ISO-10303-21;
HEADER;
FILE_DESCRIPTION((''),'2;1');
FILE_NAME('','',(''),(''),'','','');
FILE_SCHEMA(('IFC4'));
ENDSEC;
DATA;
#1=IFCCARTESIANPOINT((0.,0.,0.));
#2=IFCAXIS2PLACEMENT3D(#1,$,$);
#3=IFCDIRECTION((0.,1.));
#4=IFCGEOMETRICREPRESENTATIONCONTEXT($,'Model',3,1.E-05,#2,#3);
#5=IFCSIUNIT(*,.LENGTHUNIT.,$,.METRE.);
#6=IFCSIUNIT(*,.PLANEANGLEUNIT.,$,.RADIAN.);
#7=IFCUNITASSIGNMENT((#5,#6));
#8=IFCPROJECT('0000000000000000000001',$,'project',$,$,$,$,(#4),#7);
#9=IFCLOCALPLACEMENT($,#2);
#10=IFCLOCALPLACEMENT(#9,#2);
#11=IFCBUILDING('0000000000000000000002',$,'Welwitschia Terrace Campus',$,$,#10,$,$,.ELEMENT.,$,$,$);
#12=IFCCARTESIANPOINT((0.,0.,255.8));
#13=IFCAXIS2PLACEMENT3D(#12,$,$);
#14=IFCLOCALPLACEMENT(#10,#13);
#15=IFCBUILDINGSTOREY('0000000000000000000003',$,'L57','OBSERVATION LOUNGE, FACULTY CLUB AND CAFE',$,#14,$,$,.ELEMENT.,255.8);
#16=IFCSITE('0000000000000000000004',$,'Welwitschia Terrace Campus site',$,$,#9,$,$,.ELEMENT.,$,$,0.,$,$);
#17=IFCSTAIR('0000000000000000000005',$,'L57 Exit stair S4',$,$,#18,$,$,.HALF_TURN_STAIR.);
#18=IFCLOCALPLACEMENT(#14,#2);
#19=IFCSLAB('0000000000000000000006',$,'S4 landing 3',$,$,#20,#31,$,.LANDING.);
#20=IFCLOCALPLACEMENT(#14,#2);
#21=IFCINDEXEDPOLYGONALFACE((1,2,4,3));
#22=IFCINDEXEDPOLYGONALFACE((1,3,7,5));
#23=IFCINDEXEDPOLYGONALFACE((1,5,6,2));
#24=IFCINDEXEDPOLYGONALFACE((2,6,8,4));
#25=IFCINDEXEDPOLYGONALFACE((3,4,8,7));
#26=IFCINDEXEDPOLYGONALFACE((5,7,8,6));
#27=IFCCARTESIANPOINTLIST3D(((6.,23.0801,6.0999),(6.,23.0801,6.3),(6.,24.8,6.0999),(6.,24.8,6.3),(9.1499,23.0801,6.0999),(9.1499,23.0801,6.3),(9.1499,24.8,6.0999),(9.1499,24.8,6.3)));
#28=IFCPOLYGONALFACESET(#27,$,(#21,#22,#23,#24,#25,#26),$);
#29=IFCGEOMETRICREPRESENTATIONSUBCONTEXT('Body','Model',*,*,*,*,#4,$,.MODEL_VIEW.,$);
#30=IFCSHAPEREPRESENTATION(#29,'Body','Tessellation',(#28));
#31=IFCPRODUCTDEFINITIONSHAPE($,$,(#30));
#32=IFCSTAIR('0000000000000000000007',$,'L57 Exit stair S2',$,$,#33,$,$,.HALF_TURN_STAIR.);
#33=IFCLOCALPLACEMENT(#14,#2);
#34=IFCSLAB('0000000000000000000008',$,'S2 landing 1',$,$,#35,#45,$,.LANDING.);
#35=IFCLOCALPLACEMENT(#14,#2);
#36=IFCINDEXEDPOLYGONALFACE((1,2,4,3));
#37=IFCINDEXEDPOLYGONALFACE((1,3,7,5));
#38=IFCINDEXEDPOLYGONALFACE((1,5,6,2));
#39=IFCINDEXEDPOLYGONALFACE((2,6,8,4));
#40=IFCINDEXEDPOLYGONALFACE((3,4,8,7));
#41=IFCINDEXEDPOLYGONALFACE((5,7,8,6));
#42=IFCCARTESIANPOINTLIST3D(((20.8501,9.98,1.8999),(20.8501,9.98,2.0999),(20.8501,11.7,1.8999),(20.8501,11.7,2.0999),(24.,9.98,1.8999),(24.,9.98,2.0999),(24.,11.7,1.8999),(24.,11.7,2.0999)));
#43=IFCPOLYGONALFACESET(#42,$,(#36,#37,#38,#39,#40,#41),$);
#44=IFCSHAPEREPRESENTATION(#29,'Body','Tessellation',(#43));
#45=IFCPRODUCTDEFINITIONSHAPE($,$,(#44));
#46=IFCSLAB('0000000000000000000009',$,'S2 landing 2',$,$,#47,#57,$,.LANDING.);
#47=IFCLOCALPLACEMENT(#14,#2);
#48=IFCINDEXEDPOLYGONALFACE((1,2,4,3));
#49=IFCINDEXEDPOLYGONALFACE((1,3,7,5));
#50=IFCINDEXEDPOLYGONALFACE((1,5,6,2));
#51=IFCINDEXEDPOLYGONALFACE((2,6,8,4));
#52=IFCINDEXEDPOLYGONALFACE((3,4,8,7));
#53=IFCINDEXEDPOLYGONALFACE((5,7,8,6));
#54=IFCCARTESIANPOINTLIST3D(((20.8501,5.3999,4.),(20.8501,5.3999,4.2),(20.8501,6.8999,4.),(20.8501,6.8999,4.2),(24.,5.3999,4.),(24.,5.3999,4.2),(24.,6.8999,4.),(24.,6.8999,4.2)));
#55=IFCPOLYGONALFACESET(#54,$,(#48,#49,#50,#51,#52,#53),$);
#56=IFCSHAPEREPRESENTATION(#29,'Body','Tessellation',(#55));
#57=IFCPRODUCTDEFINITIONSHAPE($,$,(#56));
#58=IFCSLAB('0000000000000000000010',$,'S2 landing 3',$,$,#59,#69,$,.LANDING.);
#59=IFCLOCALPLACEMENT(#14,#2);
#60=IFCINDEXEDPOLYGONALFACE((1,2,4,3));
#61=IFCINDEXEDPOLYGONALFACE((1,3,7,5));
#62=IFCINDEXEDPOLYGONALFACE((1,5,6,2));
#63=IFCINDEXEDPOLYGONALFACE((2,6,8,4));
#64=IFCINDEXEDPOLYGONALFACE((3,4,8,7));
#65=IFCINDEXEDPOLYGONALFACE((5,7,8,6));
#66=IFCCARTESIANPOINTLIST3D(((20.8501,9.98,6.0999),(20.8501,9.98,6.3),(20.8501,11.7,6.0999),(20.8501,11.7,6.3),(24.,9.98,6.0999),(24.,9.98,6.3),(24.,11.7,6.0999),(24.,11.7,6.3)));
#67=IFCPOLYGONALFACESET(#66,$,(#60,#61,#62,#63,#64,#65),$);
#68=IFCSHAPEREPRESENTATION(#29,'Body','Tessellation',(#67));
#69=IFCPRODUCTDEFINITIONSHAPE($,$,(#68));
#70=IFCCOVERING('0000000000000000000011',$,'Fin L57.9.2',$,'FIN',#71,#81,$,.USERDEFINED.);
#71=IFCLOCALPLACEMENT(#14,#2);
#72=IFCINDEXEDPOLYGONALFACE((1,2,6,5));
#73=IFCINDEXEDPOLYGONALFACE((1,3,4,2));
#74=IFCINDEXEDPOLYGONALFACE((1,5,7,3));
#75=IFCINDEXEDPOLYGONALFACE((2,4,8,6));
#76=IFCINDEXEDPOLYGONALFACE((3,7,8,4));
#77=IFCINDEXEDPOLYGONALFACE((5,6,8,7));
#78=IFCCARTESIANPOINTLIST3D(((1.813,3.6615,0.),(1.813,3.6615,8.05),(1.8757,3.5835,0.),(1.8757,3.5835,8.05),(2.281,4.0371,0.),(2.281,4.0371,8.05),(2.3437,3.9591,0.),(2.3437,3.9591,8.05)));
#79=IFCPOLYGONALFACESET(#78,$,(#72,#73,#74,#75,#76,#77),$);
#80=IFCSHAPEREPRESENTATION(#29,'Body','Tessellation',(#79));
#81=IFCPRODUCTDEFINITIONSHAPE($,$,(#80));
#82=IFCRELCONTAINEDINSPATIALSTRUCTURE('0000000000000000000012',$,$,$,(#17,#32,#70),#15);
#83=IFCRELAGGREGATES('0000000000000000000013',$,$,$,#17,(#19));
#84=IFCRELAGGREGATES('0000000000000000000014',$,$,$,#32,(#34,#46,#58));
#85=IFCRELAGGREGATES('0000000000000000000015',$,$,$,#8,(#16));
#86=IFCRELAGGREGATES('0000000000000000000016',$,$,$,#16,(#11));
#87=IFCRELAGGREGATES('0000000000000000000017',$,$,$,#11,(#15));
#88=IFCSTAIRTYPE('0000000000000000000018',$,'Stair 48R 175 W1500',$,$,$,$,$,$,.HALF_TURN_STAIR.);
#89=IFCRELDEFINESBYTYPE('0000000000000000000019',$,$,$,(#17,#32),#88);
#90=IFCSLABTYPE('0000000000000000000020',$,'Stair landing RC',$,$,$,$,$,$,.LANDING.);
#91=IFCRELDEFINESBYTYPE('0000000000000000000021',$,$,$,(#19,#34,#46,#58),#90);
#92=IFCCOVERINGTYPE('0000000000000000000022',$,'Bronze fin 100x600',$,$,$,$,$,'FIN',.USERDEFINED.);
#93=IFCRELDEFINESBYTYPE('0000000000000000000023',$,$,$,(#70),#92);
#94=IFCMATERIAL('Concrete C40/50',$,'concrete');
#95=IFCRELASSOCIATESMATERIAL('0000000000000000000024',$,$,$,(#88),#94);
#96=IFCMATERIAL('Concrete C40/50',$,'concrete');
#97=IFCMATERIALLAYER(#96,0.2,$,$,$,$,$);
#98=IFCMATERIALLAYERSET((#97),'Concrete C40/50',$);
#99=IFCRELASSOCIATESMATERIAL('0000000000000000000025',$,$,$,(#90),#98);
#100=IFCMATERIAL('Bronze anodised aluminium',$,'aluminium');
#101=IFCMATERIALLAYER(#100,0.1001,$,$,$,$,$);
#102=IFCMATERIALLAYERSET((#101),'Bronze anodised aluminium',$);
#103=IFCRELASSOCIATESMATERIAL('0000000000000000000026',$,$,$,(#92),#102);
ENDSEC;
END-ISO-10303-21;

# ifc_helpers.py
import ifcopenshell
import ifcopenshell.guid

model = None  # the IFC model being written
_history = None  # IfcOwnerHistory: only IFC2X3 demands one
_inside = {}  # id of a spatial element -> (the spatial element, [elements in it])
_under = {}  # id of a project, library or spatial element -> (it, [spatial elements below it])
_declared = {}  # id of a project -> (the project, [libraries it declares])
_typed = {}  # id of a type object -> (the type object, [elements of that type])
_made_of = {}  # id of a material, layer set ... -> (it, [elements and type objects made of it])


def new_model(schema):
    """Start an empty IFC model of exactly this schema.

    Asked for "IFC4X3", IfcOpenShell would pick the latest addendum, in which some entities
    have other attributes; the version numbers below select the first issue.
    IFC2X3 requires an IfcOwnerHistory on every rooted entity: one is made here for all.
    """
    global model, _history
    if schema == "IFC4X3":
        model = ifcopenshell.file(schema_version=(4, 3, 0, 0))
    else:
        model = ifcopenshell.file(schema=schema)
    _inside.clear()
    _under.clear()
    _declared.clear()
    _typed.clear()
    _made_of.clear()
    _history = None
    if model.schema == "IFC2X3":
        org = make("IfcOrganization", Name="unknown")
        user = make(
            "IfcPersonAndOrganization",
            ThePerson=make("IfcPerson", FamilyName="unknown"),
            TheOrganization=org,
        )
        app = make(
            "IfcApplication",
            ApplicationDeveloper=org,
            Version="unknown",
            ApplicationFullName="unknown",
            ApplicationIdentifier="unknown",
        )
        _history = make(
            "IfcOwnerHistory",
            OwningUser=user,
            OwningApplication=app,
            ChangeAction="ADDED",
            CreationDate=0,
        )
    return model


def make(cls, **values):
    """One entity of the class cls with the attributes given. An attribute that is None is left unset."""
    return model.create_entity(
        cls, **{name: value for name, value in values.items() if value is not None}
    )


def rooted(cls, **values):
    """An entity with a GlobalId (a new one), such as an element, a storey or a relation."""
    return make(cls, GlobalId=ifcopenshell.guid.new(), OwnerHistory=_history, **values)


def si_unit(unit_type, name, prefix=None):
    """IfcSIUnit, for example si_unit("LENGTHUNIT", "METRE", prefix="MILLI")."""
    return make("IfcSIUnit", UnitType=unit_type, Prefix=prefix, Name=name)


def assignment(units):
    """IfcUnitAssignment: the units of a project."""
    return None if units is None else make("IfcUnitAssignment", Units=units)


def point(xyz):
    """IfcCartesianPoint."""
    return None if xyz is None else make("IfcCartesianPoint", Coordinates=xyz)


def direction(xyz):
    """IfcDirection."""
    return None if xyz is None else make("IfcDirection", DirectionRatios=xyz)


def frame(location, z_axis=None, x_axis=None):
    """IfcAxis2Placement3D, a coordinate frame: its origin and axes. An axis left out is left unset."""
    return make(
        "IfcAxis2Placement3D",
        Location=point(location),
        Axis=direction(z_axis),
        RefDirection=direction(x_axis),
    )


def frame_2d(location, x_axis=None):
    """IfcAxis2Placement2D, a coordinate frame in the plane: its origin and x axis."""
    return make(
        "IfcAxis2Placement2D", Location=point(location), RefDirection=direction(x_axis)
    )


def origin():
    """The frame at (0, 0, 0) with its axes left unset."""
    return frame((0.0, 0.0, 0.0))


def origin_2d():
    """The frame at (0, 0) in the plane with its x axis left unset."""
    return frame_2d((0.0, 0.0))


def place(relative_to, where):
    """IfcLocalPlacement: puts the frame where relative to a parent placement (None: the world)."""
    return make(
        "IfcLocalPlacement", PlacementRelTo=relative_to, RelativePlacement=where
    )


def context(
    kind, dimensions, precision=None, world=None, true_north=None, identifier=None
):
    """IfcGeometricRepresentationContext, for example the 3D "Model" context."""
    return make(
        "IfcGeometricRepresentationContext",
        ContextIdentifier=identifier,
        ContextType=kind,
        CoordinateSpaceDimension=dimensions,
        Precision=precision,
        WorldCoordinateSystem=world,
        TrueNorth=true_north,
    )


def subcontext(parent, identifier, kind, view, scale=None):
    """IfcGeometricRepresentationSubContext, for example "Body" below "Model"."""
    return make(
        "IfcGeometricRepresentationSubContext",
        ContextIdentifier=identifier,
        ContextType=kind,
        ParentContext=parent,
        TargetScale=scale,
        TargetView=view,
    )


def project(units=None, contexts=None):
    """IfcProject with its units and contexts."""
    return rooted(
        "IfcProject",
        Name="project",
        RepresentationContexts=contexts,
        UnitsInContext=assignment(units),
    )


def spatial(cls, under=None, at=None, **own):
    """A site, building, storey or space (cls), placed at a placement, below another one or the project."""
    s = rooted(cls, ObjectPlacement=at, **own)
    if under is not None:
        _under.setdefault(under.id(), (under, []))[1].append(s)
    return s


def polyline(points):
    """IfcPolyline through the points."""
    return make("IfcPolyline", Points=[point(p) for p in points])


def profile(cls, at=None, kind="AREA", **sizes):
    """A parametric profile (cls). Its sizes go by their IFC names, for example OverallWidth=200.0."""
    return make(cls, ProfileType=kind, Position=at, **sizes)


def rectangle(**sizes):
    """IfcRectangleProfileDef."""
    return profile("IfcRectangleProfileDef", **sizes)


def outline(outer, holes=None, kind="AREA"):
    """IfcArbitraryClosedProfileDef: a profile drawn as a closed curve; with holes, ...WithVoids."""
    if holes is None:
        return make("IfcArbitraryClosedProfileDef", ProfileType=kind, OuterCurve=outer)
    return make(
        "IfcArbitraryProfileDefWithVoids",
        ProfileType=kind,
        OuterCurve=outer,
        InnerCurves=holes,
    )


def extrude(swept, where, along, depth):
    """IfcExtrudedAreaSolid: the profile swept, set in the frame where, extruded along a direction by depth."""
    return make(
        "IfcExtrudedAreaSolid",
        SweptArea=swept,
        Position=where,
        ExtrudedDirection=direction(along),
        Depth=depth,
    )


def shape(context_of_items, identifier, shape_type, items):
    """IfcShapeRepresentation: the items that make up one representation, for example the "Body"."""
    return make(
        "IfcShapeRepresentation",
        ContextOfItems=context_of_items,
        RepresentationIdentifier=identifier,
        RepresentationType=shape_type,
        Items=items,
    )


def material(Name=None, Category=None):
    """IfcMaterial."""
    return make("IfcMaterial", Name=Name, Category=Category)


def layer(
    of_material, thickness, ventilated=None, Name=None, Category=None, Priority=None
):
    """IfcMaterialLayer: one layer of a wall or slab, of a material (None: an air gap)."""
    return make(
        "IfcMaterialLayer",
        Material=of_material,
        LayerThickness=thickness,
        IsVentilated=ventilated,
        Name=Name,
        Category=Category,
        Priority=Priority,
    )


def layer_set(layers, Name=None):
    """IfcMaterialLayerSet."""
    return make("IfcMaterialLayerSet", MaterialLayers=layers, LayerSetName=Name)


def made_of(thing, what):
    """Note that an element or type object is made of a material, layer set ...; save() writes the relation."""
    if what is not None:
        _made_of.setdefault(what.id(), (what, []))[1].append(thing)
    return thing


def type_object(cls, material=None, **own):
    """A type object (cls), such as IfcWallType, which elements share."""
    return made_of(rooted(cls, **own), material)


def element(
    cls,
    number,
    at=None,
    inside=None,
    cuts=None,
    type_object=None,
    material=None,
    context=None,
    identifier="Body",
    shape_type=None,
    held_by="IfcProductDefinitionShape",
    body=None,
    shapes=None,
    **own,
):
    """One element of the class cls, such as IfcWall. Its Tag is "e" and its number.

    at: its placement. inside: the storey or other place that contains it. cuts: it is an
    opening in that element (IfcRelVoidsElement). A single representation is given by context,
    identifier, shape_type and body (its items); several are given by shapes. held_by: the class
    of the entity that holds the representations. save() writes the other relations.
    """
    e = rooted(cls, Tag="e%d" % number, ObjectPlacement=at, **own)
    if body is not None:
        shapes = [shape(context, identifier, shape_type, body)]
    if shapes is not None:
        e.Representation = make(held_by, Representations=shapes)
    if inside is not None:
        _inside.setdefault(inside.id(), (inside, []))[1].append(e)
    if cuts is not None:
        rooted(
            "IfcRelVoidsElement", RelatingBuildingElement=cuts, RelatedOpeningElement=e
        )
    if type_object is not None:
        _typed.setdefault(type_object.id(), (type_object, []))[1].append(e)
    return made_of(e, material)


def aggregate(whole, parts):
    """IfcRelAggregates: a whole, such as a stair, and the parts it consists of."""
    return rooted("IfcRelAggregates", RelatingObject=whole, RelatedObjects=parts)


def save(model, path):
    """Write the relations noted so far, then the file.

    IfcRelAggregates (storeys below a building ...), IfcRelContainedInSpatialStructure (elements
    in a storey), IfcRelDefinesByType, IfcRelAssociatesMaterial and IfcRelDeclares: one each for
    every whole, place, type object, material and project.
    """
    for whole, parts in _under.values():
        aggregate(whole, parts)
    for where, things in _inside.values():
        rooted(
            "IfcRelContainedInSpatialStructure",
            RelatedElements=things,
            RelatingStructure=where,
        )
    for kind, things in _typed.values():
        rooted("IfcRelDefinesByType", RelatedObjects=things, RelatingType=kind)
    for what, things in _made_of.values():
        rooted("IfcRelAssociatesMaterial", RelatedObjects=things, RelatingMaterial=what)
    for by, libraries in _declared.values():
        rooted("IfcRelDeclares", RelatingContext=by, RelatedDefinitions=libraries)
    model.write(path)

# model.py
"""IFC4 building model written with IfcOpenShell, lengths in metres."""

from ifc_helpers import new_model, si_unit, direction, frame, origin, origin_2d, place, context, subcontext, project, spatial, polyline, rectangle, outline, extrude, material, layer, layer_set, type_object, element, aggregate, save


model = new_model("IFC4")

# Units and contexts
model_context = context("Model", 3, precision=1e-05, world=origin(), true_north=direction((0.0, 1.0)))
body_context = subcontext(model_context, "Body", "Model", "MODEL_VIEW")
ifc_project = project(units=[si_unit("LENGTHUNIT", "METRE"), si_unit("PLANEANGLEUNIT", "RADIAN")], contexts=[model_context])

# Site, building, storey
site_placement = place(None, origin())
site = spatial("IfcSite", under=ifc_project, at=site_placement, Name="Welwitschia Terrace Campus site", CompositionType="ELEMENT", RefElevation=0.0)
building_placement = place(site_placement, origin())
building = spatial("IfcBuilding", under=site, at=building_placement, Name="Welwitschia Terrace Campus", CompositionType="ELEMENT")
storey_placement = place(building_placement, frame((0.0, 0.0, 255.8)))
storey = spatial("IfcBuildingStorey", under=building, at=storey_placement, Name="L57", Description="OBSERVATION LOUNGE, FACULTY CLUB AND CAFE", CompositionType="ELEMENT", Elevation=255.8)

# Stairs, slabs
ifc_material_1 = material(Name="Concrete C40/50", Category="concrete")
stair_type = type_object("IfcStairType", Name="Stair 48R 175 W1500", PredefinedType="HALF_TURN_STAIR", material=ifc_material_1)
ifc_material_2 = material(Name="Concrete C40/50", Category="concrete")
ifc_layer_1 = layer(ifc_material_2, 0.2)
ifc_layer_set_1 = layer_set([ifc_layer_1], Name="Concrete C40/50")
slab_type = type_object("IfcSlabType", Name="Stair landing RC", PredefinedType="LANDING", material=ifc_layer_set_1)
stair_1_placement = place(storey_placement, origin())
stair_1 = element("IfcStair", 1, at=stair_1_placement, inside=storey, type_object=stair_type, Name="L57 Exit stair S4", PredefinedType="HALF_TURN_STAIR")
slab_1_placement = place(storey_placement, frame((0.0, 0.0, 6.0999)))
slab_1 = element("IfcSlab", 2, at=slab_1_placement, type_object=slab_type, Name="S4 landing 3", PredefinedType="LANDING", context=body_context, shape_type="SweptSolid", body=[
    extrude(outline(polyline([(9.1499, 23.0801), (9.1499, 24.8), (6.0, 24.8), (6.0, 23.0801), (9.1499, 23.0801)])), origin(), (0.0, 0.0, 1.0), 0.2002),
])
aggregate(stair_1, [slab_1])
stair_2_placement = place(storey_placement, origin())
stair_2 = element("IfcStair", 3, at=stair_2_placement, inside=storey, type_object=stair_type, Name="L57 Exit stair S2", PredefinedType="HALF_TURN_STAIR")
slab_2_placement = place(storey_placement, frame((0.0, 0.0, 1.8999)))
slab_2 = element("IfcSlab", 4, at=slab_2_placement, type_object=slab_type, Name="S2 landing 1", PredefinedType="LANDING", context=body_context, shape_type="SweptSolid", body=[
    extrude(outline(polyline([(24.0, 9.98), (24.0, 11.7), (20.8501, 11.7), (20.8501, 9.98), (24.0, 9.98)])), origin(), (0.0, 0.0, 1.0), 0.2),
])
slab_3_placement = place(storey_placement, frame((0.0, 0.0, 4.0)))
slab_3 = element("IfcSlab", 5, at=slab_3_placement, type_object=slab_type, Name="S2 landing 2", PredefinedType="LANDING", context=body_context, shape_type="SweptSolid", body=[
    extrude(outline(polyline([(24.0, 5.3999), (24.0, 6.8999), (20.8501, 6.8999), (20.8501, 5.3999), (24.0, 5.3999)])), origin(), (0.0, 0.0, 1.0), 0.2),
])
slab_4_placement = place(storey_placement, frame((0.0, 0.0, 6.0999)))
slab_4 = element("IfcSlab", 6, at=slab_4_placement, type_object=slab_type, Name="S2 landing 3", PredefinedType="LANDING", context=body_context, shape_type="SweptSolid", body=[
    extrude(outline(polyline([(24.0, 9.98), (24.0, 11.7), (20.8501, 11.7), (20.8501, 9.98), (24.0, 9.98)])), origin(), (0.0, 0.0, 1.0), 0.2002),
])
aggregate(stair_2, [slab_2, slab_3, slab_4])

# Covering
ifc_material_3 = material(Name="Bronze anodised aluminium", Category="aluminium")
ifc_layer_2 = layer(ifc_material_3, 0.1001)
ifc_layer_set_2 = layer_set([ifc_layer_2], Name="Bronze anodised aluminium")
covering_type = type_object("IfcCoveringType", Name="Bronze fin 100x600", ElementType="FIN", PredefinedType="USERDEFINED", material=ifc_layer_set_2)
covering_placement = place(storey_placement, frame((2.0784, 3.8103, 0.0), z_axis=(0.0, 0.0, 1.0), x_axis=(0.625923, -0.779884, 0.0)))
element("IfcCovering", 7, at=covering_placement, inside=storey, type_object=covering_type, Name="Fin L57.9.2", ObjectType="FIN", PredefinedType="USERDEFINED", context=body_context, shape_type="SweptSolid", body=[
    extrude(rectangle(XDim=0.1001, YDim=0.6001, at=origin_2d()), origin(), (0.0, 0.0, 1.0), 8.05),
])

save(model, "model.ifc")
